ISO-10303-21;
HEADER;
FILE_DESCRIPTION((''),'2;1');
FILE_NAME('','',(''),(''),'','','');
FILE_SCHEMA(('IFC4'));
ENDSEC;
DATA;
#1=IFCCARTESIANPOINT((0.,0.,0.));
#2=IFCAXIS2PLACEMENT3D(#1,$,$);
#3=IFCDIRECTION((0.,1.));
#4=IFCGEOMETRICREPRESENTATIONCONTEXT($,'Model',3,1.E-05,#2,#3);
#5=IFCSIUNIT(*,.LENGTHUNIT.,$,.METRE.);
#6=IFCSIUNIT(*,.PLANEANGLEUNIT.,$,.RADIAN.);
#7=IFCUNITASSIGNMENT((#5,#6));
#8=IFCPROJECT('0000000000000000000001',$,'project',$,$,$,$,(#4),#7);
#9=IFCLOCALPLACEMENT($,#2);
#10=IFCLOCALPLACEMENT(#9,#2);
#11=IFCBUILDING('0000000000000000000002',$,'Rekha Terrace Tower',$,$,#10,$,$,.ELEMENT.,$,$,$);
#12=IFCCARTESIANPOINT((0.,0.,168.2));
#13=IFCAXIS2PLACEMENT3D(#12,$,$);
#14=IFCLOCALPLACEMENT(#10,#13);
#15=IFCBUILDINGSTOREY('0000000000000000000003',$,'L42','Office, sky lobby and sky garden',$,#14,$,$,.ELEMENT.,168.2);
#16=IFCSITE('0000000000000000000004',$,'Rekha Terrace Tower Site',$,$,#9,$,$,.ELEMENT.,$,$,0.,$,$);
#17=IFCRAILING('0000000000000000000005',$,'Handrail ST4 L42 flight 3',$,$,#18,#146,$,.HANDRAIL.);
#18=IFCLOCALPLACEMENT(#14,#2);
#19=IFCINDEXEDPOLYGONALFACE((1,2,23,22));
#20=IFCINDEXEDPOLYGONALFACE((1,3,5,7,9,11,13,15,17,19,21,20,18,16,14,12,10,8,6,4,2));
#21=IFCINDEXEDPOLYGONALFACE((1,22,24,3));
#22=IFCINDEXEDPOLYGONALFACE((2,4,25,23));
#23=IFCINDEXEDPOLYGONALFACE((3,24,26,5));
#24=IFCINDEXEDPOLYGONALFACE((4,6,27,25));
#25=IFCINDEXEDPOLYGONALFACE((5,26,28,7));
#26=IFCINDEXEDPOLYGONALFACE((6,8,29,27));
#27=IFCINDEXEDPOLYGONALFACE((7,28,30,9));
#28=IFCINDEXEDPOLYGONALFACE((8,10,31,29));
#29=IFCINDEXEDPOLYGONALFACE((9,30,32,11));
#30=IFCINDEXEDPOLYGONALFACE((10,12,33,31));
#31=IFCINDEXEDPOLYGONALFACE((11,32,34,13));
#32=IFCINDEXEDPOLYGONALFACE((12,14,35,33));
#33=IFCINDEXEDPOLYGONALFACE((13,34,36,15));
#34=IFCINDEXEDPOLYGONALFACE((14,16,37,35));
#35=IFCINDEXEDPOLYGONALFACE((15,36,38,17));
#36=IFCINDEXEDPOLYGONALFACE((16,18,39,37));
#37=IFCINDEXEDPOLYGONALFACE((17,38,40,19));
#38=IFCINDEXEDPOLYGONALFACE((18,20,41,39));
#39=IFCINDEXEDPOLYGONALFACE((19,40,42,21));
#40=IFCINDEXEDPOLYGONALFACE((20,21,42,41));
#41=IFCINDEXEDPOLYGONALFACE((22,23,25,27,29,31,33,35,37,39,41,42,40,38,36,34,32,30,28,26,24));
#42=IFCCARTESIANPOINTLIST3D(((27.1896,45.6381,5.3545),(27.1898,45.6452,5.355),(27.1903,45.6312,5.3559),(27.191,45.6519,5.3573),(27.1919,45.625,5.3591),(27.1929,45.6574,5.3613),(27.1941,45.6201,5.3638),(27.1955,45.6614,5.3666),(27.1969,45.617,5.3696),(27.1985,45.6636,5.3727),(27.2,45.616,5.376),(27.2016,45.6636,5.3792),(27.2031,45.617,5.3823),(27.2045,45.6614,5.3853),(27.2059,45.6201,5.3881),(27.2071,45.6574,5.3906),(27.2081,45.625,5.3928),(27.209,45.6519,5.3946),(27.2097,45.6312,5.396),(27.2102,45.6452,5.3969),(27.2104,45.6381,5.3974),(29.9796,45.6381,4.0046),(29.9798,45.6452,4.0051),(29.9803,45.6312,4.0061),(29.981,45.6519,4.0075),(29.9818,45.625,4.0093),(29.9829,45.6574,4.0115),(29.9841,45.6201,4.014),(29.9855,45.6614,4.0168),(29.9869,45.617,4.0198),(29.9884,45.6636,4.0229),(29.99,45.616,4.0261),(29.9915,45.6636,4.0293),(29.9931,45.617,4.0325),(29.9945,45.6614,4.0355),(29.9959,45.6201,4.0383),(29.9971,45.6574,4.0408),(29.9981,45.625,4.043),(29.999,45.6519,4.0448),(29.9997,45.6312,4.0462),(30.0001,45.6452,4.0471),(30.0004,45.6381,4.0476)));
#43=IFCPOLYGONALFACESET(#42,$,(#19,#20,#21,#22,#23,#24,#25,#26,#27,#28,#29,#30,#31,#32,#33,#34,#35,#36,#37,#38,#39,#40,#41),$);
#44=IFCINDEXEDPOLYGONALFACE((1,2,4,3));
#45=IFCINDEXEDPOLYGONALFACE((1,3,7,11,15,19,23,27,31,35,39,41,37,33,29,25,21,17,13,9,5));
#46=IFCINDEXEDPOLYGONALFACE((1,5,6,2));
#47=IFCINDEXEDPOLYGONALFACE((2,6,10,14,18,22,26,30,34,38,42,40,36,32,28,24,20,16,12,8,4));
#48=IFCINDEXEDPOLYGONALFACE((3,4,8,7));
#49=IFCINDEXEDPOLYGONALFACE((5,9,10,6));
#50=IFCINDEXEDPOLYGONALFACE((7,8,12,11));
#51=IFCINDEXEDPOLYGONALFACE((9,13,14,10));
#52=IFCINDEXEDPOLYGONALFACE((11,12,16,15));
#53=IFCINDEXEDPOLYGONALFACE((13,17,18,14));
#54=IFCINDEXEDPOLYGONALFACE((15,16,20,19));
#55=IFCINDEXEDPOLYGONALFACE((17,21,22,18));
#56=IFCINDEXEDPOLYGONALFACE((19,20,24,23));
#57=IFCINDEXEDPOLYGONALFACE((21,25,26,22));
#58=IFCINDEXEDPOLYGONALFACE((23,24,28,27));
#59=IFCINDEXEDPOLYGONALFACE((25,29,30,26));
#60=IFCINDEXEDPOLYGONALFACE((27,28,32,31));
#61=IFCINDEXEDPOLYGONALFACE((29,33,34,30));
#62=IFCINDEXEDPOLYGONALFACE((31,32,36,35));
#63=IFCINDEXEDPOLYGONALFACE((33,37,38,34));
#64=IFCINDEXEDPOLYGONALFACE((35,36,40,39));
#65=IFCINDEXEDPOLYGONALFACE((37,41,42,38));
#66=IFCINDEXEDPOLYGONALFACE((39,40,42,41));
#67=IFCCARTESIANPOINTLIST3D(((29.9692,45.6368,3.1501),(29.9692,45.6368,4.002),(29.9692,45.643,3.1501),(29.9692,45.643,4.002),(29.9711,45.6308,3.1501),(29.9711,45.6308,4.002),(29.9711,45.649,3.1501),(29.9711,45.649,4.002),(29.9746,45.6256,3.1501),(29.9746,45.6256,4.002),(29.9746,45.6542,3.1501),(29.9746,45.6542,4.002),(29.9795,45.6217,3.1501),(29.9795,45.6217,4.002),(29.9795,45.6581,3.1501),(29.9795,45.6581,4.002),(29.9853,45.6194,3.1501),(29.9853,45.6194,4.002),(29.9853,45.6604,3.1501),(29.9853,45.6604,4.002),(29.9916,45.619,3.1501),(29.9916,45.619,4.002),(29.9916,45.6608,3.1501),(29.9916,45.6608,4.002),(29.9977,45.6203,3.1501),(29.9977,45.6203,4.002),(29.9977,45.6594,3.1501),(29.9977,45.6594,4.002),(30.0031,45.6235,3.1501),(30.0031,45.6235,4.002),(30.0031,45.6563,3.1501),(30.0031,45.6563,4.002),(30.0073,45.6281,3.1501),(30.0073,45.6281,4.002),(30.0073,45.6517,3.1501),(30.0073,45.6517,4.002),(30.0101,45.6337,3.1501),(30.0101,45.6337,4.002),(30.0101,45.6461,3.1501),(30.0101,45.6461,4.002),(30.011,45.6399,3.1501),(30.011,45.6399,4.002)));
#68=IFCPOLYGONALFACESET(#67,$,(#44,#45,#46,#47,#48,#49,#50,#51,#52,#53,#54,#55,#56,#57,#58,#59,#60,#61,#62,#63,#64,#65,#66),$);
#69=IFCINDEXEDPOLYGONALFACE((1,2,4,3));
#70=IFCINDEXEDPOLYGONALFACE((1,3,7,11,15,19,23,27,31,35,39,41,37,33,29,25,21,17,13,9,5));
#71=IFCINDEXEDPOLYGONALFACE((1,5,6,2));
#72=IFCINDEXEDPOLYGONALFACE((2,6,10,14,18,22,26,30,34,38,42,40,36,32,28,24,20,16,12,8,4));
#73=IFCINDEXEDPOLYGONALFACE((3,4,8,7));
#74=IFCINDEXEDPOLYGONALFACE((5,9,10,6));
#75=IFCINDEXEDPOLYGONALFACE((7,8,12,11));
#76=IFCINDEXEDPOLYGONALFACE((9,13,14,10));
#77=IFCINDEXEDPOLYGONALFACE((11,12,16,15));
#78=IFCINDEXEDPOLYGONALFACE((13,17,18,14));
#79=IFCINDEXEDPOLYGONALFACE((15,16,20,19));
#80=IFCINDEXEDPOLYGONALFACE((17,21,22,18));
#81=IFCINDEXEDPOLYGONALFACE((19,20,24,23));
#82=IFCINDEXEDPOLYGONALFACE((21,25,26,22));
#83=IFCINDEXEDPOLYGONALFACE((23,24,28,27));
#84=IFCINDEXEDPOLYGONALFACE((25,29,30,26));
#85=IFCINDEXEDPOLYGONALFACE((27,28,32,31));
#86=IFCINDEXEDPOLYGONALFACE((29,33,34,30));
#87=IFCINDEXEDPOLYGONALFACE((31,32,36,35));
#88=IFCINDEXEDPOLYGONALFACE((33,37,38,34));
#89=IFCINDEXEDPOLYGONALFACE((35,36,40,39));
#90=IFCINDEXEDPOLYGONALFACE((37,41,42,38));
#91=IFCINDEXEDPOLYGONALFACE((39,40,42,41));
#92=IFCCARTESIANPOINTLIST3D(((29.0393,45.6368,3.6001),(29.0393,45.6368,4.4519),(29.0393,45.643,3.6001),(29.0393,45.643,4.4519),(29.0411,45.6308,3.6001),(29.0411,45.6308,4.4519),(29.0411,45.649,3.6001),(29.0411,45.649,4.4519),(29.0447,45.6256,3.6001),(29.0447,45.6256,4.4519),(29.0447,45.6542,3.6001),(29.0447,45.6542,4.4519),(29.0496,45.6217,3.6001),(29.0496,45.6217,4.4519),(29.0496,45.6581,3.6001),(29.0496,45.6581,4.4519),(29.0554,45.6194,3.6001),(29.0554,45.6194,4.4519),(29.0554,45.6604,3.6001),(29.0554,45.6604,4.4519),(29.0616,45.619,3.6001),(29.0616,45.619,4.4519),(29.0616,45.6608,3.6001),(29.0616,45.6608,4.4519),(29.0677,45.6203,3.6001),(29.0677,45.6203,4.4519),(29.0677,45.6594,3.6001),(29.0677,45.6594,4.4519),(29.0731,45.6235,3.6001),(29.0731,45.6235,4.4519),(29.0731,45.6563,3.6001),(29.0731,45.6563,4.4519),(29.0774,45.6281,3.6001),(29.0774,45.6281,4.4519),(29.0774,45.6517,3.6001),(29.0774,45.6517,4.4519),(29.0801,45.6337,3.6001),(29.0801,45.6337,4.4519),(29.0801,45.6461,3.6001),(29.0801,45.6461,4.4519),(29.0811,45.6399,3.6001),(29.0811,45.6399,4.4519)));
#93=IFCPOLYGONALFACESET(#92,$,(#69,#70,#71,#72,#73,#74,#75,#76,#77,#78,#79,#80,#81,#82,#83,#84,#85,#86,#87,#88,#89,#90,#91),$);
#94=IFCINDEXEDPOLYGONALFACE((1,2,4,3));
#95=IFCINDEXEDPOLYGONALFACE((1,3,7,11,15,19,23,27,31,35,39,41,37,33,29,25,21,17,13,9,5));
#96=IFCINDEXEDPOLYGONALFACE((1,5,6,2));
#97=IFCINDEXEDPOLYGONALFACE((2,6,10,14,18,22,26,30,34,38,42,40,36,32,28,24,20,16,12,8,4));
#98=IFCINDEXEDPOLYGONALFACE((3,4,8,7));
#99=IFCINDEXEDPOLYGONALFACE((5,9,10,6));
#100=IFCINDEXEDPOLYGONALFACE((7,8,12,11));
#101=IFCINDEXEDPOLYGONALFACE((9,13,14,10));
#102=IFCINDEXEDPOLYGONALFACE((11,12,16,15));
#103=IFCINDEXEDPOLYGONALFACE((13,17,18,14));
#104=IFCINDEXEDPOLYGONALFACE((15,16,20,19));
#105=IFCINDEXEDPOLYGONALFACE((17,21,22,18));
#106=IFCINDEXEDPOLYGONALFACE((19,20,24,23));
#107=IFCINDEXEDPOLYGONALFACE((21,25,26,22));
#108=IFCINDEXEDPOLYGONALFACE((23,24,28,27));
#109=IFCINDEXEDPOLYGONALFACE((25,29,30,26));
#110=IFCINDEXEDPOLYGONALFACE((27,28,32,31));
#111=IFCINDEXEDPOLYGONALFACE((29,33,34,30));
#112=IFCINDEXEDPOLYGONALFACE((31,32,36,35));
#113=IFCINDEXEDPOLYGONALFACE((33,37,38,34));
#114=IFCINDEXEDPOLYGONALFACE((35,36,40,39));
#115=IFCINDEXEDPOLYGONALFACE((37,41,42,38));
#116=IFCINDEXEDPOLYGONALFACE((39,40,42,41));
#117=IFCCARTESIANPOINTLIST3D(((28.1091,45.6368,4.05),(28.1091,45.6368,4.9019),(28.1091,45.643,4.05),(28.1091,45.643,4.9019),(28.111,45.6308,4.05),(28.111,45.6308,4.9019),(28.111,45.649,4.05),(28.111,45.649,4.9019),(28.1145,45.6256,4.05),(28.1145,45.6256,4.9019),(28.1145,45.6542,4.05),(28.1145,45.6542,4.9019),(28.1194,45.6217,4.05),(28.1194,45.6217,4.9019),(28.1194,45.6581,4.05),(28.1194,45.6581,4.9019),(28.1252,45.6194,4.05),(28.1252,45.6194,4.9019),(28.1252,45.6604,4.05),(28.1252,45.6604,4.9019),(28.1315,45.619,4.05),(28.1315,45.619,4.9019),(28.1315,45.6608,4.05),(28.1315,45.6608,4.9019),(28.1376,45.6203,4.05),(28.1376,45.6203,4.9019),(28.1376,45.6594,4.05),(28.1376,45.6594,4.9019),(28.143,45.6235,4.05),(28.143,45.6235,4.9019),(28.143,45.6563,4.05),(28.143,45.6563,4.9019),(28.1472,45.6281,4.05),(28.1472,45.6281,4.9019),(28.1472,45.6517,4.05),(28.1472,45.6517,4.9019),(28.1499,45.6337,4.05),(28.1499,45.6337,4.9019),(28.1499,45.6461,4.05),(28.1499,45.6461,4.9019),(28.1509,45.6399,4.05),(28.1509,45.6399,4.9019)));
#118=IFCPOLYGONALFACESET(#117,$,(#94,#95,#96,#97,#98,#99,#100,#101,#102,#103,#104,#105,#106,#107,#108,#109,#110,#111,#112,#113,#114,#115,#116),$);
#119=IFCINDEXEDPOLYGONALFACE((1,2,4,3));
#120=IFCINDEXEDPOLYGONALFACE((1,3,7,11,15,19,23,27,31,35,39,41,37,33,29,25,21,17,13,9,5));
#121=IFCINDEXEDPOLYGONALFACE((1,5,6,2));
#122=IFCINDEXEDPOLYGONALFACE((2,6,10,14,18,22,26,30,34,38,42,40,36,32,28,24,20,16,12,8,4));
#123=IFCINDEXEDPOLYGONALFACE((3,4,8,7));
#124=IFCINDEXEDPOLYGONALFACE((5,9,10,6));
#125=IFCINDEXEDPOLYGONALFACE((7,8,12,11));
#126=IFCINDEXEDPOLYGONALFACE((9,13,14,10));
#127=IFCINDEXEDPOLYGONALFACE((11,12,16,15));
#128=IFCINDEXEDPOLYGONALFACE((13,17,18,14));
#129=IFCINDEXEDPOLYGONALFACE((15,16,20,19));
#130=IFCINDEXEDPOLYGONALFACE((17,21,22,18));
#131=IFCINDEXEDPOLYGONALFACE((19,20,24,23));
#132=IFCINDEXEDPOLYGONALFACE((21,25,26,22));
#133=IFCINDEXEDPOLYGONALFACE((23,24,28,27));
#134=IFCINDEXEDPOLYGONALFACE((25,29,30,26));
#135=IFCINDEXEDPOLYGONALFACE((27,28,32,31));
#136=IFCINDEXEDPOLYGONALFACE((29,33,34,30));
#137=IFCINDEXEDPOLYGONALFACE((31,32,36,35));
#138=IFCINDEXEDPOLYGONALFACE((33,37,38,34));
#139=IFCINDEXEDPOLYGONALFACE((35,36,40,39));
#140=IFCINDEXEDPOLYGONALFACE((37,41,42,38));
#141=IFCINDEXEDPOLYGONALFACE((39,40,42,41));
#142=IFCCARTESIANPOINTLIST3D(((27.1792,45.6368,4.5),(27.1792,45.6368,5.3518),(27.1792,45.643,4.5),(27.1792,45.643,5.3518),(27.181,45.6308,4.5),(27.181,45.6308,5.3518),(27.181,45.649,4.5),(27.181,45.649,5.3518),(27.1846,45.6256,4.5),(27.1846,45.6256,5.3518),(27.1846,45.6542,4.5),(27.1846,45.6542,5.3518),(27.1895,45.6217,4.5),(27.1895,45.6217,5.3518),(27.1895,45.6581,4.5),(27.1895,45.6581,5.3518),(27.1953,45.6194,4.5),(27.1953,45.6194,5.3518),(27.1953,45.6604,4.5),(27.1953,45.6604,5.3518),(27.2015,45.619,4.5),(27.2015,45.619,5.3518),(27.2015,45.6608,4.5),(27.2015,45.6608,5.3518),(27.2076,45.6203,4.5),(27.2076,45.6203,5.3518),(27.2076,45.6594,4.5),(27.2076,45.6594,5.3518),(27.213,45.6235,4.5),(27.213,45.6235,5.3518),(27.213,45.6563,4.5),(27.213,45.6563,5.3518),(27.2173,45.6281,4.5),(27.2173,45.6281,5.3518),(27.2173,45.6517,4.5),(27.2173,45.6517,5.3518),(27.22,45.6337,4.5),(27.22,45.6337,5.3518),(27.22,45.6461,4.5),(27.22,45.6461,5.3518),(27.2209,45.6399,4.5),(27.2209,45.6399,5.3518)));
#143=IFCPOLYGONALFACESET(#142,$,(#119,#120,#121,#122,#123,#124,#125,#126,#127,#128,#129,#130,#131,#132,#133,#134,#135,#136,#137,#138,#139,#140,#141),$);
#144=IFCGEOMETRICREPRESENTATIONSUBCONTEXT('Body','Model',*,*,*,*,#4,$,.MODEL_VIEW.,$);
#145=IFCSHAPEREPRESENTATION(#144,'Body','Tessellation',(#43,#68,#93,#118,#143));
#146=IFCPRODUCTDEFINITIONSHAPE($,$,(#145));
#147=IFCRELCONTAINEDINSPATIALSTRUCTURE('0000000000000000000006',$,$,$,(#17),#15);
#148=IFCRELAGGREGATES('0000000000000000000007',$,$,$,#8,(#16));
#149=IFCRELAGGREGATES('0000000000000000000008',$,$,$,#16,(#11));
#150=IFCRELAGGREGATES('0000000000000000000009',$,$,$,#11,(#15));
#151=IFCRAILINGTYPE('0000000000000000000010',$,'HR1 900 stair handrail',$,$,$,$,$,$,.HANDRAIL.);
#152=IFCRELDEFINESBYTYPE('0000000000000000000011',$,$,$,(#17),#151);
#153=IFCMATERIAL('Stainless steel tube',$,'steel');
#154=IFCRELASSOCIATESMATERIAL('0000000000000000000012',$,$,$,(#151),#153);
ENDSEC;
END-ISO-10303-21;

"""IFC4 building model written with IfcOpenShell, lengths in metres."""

from ifc_helpers import new_model, si_unit, direction, frame, origin, origin_2d, place, context, subcontext, project, spatial, circle, extrude, material, type_object, element, save


model = new_model("IFC4")

# Units and contexts
model_context = context("Model", 3, precision=1e-05, world=origin(), true_north=direction((0.0, 1.0)))
body_context = subcontext(model_context, "Body", "Model", "MODEL_VIEW")
ifc_project = project(units=[si_unit("LENGTHUNIT", "METRE"), si_unit("PLANEANGLEUNIT", "RADIAN")], contexts=[model_context])

# Site, building, storey
site_placement = place(None, origin())
site = spatial("IfcSite", under=ifc_project, at=site_placement, Name="Rekha Terrace Tower Site", CompositionType="ELEMENT", RefElevation=0.0)
building_placement = place(site_placement, origin())
building = spatial("IfcBuilding", under=site, at=building_placement, Name="Rekha Terrace Tower", CompositionType="ELEMENT")
storey_placement = place(building_placement, frame((0.0, 0.0, 168.2)))
storey = spatial("IfcBuildingStorey", under=building, at=storey_placement, Name="L42", Description="Office, sky lobby and sky garden", CompositionType="ELEMENT", Elevation=168.2)

# Railing
ifc_material_1 = material(Name="Stainless steel tube", Category="steel")
railing_type_1 = type_object("IfcRailingType", Name="HR1 900 stair handrail", PredefinedType="HANDRAIL", material=ifc_material_1)
railing_1_placement = place(storey_placement, frame((29.99, 45.6399, 3.1501)))
element("IfcRailing", 1, at=railing_1_placement, inside=storey, type_object=railing_type_1, Name="Handrail ST4 L42 flight 3", PredefinedType="HANDRAIL", context=body_context, shape_type="SweptSolid", body=[
    extrude(circle(Radius=0.0239, at=origin_2d()), frame((0.0, 0.0, 0.876), z_axis=(-0.90018, 0.0, 0.435518), x_axis=(0.0, -1.0, 0.0)), (0.0, 0.0, 1.0), 3.0994),
    extrude(circle(Radius=0.021, at=origin_2d()), origin(), (0.0, 0.0, 1.0), 0.8518),
    extrude(circle(Radius=0.021, at=origin_2d()), frame((-0.9299, 0.0, 0.45)), (0.0, 0.0, 1.0), 0.8518),
    extrude(circle(Radius=0.021, at=origin_2d()), frame((-1.8601, 0.0, 0.8999)), (0.0, 0.0, 1.0), 0.8518),
    extrude(circle(Radius=0.021, at=origin_2d()), frame((-2.79, 0.0, 1.3499)), (0.0, 0.0, 1.0), 0.8518),
])

save(model, "model.ifc")
